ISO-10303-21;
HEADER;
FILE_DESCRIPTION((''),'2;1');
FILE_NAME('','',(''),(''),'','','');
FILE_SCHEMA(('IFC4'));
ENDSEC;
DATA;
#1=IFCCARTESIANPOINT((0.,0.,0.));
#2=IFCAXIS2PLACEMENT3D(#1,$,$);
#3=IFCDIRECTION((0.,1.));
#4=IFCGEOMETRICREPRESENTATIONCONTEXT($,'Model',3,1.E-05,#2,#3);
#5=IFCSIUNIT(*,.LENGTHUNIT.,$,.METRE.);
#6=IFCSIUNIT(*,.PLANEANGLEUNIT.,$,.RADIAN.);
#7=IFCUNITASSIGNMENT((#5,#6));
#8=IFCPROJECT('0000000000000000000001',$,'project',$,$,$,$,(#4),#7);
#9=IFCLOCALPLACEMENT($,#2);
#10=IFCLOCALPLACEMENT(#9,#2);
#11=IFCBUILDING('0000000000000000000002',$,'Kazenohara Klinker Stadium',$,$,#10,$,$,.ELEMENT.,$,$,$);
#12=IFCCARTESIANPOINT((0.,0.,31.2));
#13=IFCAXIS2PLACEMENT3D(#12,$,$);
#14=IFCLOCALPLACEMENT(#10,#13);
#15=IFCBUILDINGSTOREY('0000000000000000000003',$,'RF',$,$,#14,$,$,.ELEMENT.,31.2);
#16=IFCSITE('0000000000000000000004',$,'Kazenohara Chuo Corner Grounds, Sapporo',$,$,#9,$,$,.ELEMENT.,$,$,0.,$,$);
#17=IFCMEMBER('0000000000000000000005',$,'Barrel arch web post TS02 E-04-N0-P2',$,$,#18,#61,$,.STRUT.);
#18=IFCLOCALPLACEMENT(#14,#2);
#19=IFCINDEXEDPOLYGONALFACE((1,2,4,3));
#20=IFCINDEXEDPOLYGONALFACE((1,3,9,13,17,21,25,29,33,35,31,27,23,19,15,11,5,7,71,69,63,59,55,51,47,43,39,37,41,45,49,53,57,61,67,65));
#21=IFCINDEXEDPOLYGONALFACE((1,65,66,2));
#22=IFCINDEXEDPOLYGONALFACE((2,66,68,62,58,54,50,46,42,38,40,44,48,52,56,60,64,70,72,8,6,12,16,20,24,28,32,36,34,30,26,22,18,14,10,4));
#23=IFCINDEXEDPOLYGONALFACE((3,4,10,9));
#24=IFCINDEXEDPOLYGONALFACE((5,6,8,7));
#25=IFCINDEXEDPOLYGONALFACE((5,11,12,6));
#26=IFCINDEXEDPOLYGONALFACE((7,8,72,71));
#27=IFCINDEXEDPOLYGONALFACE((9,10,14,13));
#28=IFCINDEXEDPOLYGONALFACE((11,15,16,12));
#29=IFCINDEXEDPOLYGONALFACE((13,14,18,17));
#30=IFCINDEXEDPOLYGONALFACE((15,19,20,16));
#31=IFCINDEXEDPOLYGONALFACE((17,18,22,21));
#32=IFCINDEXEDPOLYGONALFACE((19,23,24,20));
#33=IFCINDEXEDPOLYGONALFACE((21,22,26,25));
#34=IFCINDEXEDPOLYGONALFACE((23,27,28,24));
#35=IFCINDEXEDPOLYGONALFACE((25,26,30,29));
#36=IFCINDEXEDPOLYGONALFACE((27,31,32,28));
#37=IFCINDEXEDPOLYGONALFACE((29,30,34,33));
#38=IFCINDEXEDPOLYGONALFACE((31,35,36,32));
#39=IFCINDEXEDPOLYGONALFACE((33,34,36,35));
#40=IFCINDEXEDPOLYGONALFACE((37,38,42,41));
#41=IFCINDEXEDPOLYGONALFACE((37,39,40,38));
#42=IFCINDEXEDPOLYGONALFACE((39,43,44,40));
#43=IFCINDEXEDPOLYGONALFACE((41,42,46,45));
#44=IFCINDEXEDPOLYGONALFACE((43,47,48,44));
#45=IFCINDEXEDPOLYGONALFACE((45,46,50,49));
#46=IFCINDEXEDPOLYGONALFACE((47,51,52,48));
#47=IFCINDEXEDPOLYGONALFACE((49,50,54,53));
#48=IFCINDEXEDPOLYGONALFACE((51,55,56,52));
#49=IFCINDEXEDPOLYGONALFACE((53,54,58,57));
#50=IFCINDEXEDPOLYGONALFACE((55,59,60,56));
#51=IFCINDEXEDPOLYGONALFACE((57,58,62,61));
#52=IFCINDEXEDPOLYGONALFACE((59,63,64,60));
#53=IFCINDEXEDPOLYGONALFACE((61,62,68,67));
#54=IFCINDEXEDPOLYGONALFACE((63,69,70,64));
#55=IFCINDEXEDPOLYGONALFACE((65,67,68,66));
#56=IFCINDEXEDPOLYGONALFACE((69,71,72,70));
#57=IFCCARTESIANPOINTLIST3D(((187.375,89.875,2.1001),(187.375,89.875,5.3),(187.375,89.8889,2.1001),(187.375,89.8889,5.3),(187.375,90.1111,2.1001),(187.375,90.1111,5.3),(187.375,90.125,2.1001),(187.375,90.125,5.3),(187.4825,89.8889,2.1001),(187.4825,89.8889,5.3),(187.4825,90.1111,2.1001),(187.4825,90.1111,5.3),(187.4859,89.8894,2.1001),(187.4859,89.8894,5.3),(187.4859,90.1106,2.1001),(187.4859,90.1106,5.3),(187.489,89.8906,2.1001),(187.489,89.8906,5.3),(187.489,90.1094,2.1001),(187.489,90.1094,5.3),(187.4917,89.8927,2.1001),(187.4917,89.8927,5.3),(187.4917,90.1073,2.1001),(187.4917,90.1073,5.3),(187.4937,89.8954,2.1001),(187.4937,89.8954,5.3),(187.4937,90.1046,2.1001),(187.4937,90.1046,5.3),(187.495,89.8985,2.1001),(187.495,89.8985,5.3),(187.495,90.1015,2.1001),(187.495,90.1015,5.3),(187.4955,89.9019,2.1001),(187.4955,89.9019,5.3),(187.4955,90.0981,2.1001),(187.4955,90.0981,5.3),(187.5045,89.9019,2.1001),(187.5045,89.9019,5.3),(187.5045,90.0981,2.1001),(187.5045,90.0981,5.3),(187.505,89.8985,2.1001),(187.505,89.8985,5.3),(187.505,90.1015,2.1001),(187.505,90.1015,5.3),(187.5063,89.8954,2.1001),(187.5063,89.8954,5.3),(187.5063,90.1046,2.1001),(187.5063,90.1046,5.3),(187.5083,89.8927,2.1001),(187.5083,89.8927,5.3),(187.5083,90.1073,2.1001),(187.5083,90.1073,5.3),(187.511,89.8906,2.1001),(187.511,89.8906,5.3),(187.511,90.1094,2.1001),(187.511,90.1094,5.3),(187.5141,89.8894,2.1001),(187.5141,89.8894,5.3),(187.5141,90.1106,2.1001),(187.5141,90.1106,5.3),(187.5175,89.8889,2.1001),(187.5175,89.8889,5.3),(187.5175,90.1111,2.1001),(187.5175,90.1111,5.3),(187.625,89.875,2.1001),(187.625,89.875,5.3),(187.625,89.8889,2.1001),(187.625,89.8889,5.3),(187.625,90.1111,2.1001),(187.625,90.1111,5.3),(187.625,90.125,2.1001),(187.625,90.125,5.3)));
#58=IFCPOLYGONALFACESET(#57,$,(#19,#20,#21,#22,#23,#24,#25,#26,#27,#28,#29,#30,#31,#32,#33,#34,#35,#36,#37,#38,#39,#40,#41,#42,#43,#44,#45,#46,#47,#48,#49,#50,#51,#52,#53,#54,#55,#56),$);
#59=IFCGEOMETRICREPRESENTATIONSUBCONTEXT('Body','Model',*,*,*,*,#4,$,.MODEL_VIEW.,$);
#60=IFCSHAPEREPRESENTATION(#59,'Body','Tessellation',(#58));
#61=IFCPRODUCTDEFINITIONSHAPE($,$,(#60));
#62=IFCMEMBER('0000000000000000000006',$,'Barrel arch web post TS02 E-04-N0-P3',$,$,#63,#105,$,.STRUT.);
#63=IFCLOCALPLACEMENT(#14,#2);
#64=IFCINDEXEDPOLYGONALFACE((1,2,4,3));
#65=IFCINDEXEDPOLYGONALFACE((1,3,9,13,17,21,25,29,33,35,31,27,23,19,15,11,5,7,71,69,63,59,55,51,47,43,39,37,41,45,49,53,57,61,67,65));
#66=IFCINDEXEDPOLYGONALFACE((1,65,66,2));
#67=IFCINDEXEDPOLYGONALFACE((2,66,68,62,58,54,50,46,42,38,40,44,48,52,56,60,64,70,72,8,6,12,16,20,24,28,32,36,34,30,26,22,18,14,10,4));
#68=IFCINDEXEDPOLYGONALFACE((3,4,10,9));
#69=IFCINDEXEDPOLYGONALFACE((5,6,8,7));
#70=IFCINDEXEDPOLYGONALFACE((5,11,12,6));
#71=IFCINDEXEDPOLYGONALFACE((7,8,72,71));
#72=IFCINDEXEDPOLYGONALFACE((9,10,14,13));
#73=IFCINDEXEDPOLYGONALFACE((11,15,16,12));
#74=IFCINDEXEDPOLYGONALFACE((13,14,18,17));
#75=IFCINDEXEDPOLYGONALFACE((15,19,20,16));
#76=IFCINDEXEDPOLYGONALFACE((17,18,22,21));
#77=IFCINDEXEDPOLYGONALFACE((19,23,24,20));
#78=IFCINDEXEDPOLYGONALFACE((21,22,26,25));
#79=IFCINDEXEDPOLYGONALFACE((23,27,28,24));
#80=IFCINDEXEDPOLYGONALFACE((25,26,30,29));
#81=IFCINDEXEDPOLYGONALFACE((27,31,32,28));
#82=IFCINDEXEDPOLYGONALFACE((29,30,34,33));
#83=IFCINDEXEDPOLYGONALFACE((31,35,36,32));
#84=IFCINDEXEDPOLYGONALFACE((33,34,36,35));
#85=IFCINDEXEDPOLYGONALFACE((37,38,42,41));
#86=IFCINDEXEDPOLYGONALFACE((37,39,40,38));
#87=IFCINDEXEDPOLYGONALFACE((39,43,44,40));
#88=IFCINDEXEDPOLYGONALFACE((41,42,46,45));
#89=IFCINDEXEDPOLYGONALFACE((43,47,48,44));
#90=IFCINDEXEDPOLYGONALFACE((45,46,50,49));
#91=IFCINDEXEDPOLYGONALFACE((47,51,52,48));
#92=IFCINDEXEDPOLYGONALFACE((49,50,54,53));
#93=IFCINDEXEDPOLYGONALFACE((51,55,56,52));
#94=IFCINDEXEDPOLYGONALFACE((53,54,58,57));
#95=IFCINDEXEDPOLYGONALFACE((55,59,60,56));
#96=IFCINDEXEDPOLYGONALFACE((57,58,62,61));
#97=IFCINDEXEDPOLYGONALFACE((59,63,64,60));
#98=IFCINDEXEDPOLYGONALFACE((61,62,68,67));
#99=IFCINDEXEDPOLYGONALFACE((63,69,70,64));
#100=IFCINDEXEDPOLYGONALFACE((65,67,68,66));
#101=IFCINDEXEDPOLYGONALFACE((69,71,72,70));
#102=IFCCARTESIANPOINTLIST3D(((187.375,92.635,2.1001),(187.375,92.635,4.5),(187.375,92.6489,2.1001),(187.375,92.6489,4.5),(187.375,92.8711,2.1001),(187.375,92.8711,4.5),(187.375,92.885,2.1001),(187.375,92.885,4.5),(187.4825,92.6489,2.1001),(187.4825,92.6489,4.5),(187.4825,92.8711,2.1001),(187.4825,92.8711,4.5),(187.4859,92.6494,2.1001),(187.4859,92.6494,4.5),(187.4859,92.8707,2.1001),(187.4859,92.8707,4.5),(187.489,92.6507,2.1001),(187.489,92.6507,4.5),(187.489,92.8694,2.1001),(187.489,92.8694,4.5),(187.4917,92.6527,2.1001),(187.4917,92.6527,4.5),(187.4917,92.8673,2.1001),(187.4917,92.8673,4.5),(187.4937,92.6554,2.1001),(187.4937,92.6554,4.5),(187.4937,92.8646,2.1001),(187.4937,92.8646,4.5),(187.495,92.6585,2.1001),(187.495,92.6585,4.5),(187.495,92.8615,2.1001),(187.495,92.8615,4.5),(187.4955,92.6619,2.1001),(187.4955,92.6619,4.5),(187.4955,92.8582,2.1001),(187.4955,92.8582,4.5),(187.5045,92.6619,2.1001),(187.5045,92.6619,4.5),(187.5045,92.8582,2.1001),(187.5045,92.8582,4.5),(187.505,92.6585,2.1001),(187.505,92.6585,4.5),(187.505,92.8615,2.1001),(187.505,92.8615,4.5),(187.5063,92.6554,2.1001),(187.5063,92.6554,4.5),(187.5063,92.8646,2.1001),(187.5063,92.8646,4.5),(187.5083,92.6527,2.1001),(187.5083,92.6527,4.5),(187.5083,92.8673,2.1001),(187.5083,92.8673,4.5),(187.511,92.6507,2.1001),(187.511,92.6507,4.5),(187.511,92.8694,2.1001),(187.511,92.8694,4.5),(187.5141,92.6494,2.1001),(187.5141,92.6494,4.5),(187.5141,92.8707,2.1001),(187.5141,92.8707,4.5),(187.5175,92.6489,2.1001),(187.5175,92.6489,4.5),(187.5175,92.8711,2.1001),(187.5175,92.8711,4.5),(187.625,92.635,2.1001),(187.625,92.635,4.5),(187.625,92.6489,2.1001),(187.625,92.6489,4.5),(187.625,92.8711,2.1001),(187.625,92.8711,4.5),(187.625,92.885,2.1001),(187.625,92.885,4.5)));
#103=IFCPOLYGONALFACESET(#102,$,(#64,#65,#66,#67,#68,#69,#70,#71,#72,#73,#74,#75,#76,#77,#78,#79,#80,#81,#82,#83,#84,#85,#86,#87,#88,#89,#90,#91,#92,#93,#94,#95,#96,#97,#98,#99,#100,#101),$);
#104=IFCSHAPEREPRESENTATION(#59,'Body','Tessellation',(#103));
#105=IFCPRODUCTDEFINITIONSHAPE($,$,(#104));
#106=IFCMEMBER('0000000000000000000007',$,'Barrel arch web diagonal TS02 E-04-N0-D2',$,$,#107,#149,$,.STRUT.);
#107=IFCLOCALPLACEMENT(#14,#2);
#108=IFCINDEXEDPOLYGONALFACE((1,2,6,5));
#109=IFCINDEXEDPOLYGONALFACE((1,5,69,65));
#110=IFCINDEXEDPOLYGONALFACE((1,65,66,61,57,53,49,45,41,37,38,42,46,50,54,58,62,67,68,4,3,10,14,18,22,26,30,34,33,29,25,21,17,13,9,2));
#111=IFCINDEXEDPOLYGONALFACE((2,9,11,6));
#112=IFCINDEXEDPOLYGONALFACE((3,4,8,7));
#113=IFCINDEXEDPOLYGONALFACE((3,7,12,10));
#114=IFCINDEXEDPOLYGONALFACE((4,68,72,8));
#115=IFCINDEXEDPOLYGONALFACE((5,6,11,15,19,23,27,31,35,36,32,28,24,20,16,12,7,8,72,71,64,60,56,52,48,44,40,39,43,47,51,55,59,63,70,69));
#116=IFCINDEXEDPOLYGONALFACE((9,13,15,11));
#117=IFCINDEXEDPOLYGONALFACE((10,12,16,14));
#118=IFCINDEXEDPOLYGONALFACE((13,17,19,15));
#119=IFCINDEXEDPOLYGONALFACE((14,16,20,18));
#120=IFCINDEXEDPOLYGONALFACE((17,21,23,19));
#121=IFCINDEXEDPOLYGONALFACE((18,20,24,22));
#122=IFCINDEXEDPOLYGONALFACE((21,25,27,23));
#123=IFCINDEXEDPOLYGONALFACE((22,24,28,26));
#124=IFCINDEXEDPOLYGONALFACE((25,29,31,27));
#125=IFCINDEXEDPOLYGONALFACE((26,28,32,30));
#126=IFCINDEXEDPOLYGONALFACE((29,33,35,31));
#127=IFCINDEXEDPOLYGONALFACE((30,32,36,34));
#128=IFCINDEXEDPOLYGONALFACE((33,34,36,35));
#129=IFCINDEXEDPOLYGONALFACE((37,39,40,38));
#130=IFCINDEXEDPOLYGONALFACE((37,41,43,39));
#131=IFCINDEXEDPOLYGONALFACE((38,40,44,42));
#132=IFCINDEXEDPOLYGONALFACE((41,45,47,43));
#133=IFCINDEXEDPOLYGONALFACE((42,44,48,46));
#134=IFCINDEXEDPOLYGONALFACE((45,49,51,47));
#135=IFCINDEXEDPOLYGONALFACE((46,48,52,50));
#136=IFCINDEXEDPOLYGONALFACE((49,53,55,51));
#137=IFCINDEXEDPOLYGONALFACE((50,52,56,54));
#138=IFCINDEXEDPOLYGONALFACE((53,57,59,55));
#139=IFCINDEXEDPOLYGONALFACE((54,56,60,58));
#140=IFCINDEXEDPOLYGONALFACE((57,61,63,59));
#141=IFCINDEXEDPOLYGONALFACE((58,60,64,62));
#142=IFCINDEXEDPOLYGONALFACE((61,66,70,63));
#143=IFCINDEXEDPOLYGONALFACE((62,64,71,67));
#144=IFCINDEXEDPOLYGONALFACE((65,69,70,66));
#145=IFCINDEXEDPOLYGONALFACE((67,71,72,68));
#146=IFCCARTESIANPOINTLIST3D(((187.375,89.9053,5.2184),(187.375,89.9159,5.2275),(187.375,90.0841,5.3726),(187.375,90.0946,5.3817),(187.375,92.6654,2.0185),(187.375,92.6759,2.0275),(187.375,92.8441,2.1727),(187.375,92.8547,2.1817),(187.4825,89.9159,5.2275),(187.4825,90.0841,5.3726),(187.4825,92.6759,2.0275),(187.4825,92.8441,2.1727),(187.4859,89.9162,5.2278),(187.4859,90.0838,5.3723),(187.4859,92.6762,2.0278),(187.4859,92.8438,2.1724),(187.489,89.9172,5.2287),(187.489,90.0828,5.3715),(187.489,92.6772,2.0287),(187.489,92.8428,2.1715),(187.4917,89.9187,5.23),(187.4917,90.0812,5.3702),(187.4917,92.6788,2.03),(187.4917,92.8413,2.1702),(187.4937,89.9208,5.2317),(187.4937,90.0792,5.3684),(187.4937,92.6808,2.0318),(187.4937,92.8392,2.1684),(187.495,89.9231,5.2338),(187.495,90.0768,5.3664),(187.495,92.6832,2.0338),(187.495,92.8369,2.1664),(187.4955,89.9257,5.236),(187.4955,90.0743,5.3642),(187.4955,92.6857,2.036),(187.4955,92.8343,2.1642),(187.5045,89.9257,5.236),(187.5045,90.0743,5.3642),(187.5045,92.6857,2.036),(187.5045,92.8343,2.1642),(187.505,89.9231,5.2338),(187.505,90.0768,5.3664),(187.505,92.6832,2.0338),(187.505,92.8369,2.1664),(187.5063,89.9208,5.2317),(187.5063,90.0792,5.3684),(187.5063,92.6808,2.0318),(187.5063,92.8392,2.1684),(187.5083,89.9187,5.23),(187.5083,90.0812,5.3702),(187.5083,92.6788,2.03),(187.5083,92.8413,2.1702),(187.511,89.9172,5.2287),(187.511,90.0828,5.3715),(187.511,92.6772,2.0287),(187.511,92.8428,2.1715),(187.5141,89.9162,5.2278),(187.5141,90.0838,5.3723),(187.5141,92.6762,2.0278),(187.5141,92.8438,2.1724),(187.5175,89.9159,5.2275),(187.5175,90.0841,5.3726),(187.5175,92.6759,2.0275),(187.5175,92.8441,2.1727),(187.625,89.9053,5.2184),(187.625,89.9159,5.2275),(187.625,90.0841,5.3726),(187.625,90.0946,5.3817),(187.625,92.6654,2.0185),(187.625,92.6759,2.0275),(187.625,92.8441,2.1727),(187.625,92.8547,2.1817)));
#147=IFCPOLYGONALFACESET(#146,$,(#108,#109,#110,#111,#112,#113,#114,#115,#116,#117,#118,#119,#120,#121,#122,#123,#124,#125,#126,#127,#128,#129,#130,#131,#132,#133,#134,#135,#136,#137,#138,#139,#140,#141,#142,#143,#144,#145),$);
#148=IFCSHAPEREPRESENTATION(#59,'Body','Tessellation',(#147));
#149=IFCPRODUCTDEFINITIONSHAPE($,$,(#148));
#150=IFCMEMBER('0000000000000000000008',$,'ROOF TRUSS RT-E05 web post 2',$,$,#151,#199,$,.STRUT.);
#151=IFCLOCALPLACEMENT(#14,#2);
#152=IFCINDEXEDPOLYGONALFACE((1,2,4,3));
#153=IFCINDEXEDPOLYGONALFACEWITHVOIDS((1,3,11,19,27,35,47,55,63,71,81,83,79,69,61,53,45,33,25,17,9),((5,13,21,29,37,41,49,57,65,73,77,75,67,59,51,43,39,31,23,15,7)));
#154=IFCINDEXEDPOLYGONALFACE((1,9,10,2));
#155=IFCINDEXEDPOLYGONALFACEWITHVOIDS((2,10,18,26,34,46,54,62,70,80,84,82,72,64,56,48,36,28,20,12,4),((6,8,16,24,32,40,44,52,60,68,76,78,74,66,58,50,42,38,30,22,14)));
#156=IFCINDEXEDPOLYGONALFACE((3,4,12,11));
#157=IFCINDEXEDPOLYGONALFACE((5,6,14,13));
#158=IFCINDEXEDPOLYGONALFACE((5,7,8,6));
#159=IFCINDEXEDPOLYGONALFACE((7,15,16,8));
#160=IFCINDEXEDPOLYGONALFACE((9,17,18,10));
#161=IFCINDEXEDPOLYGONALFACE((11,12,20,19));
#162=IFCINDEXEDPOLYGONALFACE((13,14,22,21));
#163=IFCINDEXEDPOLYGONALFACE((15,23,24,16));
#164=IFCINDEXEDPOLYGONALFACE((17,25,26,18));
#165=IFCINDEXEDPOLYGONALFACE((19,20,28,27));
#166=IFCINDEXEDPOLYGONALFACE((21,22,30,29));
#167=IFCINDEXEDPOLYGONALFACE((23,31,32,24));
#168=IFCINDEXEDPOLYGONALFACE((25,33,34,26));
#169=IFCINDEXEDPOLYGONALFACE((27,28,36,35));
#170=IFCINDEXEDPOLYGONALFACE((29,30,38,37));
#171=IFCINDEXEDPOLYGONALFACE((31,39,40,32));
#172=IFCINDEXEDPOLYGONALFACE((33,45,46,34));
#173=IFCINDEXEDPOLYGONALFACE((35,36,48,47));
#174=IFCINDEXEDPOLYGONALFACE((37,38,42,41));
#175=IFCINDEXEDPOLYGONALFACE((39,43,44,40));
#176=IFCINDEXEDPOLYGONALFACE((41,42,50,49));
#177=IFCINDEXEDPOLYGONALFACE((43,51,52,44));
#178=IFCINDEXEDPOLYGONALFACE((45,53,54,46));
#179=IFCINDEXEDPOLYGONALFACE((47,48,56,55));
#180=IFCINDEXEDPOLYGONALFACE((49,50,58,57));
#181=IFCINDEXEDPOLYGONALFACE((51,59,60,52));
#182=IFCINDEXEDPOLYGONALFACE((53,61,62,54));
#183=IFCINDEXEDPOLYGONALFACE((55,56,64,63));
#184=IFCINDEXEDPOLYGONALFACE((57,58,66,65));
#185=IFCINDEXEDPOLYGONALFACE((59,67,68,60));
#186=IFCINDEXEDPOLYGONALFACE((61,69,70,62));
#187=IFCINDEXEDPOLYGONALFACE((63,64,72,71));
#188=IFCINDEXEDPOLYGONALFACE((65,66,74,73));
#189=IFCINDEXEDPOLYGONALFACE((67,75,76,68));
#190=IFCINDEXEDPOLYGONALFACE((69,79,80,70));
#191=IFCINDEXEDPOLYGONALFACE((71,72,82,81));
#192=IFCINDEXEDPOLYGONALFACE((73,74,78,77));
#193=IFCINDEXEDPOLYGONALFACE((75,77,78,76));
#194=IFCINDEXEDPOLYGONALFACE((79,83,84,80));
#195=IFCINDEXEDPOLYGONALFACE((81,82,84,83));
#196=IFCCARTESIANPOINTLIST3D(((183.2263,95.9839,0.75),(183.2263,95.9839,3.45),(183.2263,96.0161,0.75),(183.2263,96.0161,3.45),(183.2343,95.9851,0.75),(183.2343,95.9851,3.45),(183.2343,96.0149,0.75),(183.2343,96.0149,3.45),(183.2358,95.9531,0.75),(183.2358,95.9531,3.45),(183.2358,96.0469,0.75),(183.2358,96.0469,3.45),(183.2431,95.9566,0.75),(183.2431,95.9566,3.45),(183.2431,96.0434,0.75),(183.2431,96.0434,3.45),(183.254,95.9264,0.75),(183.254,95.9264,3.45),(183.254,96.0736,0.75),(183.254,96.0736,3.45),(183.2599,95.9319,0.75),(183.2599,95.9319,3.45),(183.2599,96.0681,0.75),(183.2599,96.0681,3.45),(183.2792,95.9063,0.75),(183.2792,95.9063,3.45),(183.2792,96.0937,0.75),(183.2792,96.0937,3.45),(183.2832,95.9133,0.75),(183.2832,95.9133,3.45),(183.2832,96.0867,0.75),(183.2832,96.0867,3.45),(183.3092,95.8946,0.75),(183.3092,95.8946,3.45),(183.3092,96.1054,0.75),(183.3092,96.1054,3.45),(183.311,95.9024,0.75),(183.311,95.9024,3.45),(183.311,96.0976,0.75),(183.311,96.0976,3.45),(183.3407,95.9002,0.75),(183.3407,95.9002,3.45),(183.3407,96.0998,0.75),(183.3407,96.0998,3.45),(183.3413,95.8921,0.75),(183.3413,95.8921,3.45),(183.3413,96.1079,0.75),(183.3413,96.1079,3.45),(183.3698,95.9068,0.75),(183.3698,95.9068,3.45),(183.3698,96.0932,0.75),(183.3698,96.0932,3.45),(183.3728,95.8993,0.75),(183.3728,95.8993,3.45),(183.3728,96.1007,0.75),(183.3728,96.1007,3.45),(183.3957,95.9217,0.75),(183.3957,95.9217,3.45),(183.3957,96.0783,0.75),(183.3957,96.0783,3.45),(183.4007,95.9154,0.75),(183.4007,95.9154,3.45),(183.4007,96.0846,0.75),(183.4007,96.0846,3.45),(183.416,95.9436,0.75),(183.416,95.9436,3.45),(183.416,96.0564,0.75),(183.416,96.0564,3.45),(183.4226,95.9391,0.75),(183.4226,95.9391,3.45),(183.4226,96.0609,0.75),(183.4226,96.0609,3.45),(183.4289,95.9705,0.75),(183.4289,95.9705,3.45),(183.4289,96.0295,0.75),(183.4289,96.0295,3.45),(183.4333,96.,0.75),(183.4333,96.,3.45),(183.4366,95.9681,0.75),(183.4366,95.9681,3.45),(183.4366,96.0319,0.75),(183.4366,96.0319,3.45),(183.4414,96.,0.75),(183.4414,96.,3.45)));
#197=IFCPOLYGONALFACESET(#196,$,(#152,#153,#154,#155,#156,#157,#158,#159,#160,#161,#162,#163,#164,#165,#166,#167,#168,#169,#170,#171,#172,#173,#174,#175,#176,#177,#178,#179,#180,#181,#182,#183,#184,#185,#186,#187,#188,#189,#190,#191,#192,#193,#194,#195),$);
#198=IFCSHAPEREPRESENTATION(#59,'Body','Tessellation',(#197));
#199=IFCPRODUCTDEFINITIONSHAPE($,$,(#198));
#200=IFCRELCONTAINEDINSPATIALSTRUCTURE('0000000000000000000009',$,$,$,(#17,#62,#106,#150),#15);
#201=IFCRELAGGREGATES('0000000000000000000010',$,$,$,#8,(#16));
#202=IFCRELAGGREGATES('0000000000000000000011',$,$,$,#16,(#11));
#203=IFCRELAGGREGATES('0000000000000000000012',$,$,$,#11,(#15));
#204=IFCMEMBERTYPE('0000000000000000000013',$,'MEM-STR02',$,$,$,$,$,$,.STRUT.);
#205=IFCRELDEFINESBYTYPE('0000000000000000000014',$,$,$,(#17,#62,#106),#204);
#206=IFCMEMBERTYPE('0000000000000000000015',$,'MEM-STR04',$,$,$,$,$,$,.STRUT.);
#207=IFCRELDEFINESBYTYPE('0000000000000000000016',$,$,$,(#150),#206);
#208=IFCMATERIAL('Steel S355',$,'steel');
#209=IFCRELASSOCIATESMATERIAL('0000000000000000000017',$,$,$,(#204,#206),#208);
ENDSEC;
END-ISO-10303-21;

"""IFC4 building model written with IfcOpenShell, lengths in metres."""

from ifc_helpers import new_model, si_unit, direction, frame, origin, origin_2d, place, context, subcontext, project, spatial, hollow_circle, i_section, extrude, material, material_profile, profile_set, type_object, element, save


model = new_model("IFC4")

# Units and contexts
model_context = context("Model", 3, precision=1e-05, world=origin(), true_north=direction((0.0, 1.0)))
body_context = subcontext(model_context, "Body", "Model", "MODEL_VIEW")
ifc_project = project(units=[si_unit("LENGTHUNIT", "METRE"), si_unit("PLANEANGLEUNIT", "RADIAN")], contexts=[model_context])

# Site, building, storey
site_placement = place(None, origin())
site = spatial("IfcSite", under=ifc_project, at=site_placement, Name="Kazenohara Chuo Corner Grounds, Sapporo", CompositionType="ELEMENT", RefElevation=0.0)
building_placement = place(site_placement, origin())
building = spatial("IfcBuilding", under=site, at=building_placement, Name="Kazenohara Klinker Stadium", CompositionType="ELEMENT")
storey_placement = place(building_placement, frame((0.0, 0.0, 31.2)))
storey = spatial("IfcBuildingStorey", under=building, at=storey_placement, Name="RF", CompositionType="ELEMENT", Elevation=31.2)

# Members
ifc_material_1 = material(Name="Steel S355", Category="steel")
ifc_material_profile_1 = material_profile(ifc_material_1, i_section(OverallWidth=0.25, OverallDepth=0.25, WebThickness=0.009, FlangeThickness=0.0139, FilletRadius=0.0129, at=origin_2d()), Name="H-250x250x9x14")
ifc_profile_set_1 = profile_set([ifc_material_profile_1], Name="Steel S355")
member_type_1 = type_object("IfcMemberType", Name="MEM-STR02", PredefinedType="STRUT", material=ifc_profile_set_1)
member_1_placement = place(storey_placement, frame((187.5, 90.0, 2.1001), z_axis=(0.0, 0.0, 1.0), x_axis=(1.0, 0.0, 0.0)))
element("IfcMember", 1, at=member_1_placement, inside=storey, type_object=member_type_1, Name="Barrel arch web post TS02 E-04-N0-P2", PredefinedType="STRUT", context=body_context, shape_type="SweptSolid", body=[
    extrude(i_section(OverallWidth=0.25, OverallDepth=0.25, WebThickness=0.009, FlangeThickness=0.0139, FilletRadius=0.0129, at=origin_2d()), origin(), (0.0, 0.0, 1.0), 3.2),
])
member_2_placement = place(storey_placement, frame((187.5, 92.76, 2.1001), z_axis=(0.0, 0.0, 1.0), x_axis=(1.0, 0.0, 0.0)))
element("IfcMember", 2, at=member_2_placement, inside=storey, type_object=member_type_1, Name="Barrel arch web post TS02 E-04-N0-P3", PredefinedType="STRUT", context=body_context, shape_type="SweptSolid", body=[
    extrude(i_section(OverallWidth=0.25, OverallDepth=0.25, WebThickness=0.009, FlangeThickness=0.0139, FilletRadius=0.0129, at=origin_2d()), origin(), (0.0, 0.0, 1.0), 2.3999),
])
member_3_placement = place(storey_placement, frame((187.5, 92.76, 2.1001), z_axis=(0.0, -0.653134, 0.757242), x_axis=(1.0, 0.0, 0.0)))
element("IfcMember", 3, at=member_3_placement, inside=storey, type_object=member_type_1, Name="Barrel arch web diagonal TS02 E-04-N0-D2", PredefinedType="STRUT", context=body_context, shape_type="SweptSolid", body=[
    extrude(i_section(OverallWidth=0.25, OverallDepth=0.25, WebThickness=0.009, FlangeThickness=0.0139, FilletRadius=0.0129, at=origin_2d()), origin(), (0.0, 0.0, 1.0), 4.2258),
])
ifc_material_profile_2 = material_profile(ifc_material_1, hollow_circle(Radius=0.1082, WallThickness=0.0081, at=origin_2d()), Name="CHS-216.3x8")
ifc_profile_set_2 = profile_set([ifc_material_profile_2], Name="Steel S355")
member_type_2 = type_object("IfcMemberType", Name="MEM-STR04", PredefinedType="STRUT", material=ifc_profile_set_2)
member_4_placement = place(storey_placement, frame((183.3333, 96.0, 0.75), z_axis=(0.0, 0.0, 1.0), x_axis=(1.0, 0.0, 0.0)))
element("IfcMember", 4, at=member_4_placement, inside=storey, type_object=member_type_2, Name="ROOF TRUSS RT-E05 web post 2", PredefinedType="STRUT", context=body_context, shape_type="SweptSolid", body=[
    extrude(hollow_circle(Radius=0.1082, WallThickness=0.0081, at=origin_2d()), origin(), (0.0, 0.0, 1.0), 2.7),
])

save(model, "model.ifc")
